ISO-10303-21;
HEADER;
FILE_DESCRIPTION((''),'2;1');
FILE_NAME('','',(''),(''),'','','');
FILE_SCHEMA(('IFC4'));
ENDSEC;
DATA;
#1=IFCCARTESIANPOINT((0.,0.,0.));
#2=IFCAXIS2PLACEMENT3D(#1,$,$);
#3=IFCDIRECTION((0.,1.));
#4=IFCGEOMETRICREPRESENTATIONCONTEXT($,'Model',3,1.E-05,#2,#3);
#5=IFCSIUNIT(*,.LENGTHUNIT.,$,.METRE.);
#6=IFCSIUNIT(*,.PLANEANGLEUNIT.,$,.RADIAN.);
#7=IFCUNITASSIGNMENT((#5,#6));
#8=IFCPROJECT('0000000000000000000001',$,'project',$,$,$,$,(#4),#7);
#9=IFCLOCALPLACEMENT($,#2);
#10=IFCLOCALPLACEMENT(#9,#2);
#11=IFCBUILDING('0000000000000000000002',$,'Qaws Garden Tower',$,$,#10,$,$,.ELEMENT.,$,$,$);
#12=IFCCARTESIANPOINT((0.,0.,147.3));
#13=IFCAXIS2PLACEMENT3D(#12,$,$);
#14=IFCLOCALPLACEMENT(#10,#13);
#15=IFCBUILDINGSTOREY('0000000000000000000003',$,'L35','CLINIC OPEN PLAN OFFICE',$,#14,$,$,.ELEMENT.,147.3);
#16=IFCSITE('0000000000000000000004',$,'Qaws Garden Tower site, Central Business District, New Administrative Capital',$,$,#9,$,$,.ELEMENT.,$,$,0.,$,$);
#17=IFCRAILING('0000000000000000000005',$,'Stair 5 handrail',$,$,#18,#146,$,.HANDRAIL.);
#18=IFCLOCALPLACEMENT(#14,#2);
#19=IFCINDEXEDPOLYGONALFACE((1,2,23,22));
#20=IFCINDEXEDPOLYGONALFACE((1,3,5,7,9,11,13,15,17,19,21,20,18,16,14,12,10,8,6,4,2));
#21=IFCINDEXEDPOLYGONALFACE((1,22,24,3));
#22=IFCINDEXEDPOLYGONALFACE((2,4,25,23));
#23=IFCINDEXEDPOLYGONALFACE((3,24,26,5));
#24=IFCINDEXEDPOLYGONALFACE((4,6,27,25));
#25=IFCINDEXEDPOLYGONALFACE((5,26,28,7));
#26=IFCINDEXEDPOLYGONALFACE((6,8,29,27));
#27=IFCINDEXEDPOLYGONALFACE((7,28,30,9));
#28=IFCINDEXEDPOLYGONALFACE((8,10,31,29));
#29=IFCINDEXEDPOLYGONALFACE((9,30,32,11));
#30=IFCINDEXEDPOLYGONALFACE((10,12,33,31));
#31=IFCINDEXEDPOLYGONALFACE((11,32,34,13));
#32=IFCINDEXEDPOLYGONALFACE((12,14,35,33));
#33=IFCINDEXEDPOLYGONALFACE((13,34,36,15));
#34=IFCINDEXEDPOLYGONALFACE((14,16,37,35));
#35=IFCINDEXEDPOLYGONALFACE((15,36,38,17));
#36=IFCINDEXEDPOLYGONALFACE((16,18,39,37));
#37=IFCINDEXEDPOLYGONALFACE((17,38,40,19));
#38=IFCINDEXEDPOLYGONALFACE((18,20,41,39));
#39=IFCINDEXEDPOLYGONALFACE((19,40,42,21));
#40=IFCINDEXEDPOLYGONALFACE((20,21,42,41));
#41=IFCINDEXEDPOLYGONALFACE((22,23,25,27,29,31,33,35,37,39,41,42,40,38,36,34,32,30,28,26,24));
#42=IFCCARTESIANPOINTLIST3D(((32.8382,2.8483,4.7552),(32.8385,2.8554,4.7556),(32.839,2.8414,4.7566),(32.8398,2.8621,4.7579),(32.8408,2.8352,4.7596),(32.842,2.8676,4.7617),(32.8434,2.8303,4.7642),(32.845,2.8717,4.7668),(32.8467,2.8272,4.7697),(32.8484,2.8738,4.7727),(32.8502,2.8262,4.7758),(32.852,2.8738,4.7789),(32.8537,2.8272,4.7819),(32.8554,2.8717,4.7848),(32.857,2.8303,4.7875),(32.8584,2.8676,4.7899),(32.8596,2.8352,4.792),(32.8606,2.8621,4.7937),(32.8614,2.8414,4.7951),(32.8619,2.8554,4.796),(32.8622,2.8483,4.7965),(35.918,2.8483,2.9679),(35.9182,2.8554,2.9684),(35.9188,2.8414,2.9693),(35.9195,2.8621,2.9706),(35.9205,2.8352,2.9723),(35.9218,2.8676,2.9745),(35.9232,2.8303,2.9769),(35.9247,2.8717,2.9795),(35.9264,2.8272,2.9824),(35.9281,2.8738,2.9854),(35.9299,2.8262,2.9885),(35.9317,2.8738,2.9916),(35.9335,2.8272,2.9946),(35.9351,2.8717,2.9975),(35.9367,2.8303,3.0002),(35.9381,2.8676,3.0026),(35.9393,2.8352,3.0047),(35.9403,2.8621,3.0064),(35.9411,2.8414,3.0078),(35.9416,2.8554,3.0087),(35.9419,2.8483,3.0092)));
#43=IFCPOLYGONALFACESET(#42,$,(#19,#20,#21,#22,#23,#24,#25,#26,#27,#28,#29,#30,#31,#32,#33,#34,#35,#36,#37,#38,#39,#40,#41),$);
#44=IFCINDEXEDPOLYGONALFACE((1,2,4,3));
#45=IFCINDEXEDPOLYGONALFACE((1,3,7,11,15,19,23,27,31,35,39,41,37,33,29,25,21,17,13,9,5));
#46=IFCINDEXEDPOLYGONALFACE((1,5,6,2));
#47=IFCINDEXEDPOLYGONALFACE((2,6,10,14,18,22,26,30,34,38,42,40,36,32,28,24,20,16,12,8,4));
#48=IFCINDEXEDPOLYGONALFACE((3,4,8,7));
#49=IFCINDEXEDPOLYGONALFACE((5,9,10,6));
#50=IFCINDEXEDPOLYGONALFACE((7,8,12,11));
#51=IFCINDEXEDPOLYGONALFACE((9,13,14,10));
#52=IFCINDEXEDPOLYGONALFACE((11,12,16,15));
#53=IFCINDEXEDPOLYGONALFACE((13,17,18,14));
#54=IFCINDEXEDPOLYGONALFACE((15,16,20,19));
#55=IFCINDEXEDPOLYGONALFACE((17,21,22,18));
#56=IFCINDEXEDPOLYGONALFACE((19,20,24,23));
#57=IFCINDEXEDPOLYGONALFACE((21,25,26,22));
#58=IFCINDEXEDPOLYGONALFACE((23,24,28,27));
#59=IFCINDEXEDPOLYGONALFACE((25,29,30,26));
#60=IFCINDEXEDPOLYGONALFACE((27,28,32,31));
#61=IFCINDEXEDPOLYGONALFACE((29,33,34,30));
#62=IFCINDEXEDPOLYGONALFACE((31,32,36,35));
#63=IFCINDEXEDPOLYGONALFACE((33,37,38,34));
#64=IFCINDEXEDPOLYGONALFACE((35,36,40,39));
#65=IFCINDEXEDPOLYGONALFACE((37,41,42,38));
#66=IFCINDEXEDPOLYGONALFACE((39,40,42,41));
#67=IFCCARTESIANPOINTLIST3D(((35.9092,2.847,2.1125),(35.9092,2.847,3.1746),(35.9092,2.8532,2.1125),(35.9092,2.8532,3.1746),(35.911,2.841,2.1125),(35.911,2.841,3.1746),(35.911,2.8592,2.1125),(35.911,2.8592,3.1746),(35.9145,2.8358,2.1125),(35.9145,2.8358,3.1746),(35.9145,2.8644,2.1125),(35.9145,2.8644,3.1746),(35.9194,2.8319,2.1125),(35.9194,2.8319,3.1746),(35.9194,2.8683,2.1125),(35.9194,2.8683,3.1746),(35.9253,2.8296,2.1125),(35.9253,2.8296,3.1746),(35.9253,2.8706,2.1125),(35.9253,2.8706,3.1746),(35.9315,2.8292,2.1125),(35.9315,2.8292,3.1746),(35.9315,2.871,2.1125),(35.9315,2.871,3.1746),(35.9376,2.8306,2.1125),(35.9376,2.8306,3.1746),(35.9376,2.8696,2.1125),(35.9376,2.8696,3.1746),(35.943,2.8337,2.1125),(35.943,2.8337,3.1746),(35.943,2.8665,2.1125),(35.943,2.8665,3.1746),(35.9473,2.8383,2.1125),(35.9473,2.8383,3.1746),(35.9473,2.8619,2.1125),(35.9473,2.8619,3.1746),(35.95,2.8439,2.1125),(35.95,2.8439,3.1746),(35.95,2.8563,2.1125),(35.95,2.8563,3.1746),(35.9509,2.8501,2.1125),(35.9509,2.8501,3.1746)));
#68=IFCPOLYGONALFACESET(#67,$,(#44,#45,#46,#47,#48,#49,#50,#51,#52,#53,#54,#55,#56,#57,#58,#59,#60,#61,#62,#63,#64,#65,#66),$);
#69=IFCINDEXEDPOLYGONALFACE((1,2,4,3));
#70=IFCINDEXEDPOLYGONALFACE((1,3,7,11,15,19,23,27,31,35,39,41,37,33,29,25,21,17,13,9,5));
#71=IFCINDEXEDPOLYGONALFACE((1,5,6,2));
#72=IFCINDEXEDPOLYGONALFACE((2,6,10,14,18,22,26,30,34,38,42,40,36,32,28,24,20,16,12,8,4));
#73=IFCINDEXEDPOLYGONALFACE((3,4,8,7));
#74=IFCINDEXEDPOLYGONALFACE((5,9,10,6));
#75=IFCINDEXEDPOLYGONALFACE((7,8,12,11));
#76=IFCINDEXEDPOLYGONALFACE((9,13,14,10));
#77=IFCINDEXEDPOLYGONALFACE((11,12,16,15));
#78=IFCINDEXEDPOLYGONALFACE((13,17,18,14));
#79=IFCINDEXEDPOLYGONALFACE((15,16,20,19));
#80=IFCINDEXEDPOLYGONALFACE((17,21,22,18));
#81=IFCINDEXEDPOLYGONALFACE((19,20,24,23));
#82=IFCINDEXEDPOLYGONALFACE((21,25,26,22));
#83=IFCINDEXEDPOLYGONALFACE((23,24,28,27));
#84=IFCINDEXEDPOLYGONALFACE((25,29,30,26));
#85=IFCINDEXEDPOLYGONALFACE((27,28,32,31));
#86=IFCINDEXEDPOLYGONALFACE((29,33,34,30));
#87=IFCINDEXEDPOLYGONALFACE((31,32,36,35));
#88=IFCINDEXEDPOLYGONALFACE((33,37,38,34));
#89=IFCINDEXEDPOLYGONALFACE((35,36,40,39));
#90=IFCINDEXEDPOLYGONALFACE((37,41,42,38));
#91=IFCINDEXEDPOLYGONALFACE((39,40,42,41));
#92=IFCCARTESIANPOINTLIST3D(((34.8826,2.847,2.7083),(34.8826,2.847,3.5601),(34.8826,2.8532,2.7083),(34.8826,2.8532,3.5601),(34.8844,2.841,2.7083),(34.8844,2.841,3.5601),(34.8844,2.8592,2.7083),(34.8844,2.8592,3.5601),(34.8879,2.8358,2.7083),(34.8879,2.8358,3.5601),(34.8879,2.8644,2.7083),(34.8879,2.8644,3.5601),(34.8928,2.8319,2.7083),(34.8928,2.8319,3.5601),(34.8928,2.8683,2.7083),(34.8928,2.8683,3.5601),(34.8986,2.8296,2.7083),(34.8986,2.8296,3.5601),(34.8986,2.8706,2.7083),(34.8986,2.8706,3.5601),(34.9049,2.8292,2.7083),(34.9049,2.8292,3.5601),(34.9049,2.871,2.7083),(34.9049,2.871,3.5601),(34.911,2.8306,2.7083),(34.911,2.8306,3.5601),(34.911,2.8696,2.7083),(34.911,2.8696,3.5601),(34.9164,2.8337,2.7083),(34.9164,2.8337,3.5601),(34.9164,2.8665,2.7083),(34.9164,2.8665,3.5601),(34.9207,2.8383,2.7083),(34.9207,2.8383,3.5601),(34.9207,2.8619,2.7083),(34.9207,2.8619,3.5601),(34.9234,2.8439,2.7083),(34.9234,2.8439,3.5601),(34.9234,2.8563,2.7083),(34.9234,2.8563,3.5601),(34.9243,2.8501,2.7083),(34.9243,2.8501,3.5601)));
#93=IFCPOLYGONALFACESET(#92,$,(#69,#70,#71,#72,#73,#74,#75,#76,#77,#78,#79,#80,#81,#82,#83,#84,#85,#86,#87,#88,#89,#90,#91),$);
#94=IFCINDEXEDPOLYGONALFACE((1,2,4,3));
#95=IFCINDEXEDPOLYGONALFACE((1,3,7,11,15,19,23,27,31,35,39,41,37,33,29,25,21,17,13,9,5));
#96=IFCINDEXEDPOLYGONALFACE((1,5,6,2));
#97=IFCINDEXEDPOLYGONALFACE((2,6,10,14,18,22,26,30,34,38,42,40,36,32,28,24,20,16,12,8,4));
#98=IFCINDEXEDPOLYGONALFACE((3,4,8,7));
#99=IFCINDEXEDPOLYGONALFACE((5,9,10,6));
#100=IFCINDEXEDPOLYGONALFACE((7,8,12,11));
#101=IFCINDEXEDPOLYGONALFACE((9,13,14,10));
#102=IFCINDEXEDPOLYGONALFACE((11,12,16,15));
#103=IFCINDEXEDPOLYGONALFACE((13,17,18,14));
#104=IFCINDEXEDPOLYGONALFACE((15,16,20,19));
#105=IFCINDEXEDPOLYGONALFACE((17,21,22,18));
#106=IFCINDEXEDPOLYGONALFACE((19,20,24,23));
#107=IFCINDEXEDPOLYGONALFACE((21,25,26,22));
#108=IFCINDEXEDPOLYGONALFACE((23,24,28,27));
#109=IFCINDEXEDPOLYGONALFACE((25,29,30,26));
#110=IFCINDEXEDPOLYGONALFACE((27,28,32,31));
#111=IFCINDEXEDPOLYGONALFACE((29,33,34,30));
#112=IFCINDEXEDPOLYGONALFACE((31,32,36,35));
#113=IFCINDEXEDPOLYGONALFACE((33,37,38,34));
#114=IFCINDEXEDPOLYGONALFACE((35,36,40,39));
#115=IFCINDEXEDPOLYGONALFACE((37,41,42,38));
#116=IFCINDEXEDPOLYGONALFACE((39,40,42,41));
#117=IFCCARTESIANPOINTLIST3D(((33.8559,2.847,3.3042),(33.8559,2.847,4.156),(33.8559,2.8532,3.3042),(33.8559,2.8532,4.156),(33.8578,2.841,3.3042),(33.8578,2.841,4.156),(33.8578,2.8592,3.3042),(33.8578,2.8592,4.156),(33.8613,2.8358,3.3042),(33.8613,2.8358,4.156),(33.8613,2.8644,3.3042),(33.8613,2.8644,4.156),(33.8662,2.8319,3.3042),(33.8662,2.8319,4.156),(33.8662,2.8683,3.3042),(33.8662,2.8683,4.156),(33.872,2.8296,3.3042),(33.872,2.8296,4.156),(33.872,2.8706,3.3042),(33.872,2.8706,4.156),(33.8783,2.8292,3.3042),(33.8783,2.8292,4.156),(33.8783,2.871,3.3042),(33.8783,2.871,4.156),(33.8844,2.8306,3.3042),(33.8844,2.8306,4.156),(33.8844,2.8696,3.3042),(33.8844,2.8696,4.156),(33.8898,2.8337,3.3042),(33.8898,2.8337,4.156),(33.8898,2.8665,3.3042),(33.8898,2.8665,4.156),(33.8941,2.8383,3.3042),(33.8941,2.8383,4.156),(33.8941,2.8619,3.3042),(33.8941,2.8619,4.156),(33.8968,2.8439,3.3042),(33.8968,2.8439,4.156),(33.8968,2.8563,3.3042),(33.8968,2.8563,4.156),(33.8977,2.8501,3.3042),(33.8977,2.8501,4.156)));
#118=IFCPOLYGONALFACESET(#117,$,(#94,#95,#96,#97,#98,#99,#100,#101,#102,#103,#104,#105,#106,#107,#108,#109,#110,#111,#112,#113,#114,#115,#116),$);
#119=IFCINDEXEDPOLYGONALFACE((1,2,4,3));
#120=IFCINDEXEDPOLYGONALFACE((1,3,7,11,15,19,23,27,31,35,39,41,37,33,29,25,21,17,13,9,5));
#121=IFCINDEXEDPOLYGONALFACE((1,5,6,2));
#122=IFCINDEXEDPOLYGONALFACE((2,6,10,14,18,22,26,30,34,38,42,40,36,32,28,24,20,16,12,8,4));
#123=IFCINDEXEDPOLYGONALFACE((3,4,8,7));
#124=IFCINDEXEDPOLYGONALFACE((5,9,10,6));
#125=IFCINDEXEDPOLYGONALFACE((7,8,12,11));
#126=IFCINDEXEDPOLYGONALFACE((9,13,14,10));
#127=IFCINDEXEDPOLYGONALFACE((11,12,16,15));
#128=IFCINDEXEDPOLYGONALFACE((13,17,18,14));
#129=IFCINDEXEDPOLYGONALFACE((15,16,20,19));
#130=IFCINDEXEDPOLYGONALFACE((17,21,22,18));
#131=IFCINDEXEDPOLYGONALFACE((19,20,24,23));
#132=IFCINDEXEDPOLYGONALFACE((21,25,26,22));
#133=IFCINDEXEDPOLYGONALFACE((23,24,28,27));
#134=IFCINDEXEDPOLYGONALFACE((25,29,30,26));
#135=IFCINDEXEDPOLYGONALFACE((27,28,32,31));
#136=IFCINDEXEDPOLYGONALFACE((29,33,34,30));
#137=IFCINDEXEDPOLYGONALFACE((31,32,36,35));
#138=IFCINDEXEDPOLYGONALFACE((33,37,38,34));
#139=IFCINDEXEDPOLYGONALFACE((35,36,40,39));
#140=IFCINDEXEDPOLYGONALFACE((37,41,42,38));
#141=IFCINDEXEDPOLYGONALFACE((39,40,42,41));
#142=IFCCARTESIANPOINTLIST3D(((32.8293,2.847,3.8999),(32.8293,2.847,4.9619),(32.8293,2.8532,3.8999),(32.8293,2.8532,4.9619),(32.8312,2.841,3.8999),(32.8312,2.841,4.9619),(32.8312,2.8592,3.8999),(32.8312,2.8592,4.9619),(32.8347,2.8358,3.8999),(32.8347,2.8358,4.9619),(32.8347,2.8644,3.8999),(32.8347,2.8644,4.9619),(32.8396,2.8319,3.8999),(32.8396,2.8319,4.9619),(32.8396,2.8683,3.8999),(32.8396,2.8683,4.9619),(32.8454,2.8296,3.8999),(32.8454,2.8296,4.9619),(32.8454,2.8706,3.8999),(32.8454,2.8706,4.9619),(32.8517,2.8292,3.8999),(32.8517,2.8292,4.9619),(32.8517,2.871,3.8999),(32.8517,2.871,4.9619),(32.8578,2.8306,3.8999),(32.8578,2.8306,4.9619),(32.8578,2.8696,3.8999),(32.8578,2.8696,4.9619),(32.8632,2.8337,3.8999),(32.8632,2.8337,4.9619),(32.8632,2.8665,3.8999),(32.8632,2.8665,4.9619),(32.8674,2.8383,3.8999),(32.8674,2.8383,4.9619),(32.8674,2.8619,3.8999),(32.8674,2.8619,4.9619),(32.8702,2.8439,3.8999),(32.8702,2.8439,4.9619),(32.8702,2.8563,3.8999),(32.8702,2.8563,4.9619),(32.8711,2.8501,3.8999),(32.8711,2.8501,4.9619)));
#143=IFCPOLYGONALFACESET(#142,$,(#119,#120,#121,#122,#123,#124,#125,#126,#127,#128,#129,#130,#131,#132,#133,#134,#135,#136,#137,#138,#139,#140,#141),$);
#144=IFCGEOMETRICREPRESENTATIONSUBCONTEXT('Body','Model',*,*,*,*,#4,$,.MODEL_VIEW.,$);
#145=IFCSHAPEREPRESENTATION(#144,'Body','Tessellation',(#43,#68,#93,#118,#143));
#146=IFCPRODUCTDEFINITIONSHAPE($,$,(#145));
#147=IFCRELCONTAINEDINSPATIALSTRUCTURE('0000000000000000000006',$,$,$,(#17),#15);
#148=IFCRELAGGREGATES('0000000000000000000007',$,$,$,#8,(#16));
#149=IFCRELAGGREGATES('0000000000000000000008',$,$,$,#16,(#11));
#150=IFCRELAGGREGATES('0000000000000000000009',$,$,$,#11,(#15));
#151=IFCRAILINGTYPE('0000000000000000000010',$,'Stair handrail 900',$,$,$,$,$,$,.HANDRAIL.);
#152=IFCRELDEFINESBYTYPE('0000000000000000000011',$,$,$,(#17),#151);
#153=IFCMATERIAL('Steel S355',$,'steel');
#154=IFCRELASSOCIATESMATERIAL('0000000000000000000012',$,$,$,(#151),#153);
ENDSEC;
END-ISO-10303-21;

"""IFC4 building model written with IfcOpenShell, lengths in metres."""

from ifc_helpers import new_model, si_unit, direction, frame, origin, origin_2d, place, context, subcontext, project, spatial, circle, extrude, material, type_object, element, save


model = new_model("IFC4")

# Units and contexts
model_context = context("Model", 3, precision=1e-05, world=origin(), true_north=direction((0.0, 1.0)))
body_context = subcontext(model_context, "Body", "Model", "MODEL_VIEW")
ifc_project = project(units=[si_unit("LENGTHUNIT", "METRE"), si_unit("PLANEANGLEUNIT", "RADIAN")], contexts=[model_context])

# Site, building, storey
site_placement = place(None, origin())
site = spatial("IfcSite", under=ifc_project, at=site_placement, Name="Qaws Garden Tower site, Central Business District, New Administrative Capital", CompositionType="ELEMENT", RefElevation=0.0)
building_placement = place(site_placement, origin())
building = spatial("IfcBuilding", under=site, at=building_placement, Name="Qaws Garden Tower", CompositionType="ELEMENT")
storey_placement = place(building_placement, frame((0.0, 0.0, 147.3)))
storey = spatial("IfcBuildingStorey", under=building, at=storey_placement, Name="L35", Description="CLINIC OPEN PLAN OFFICE", CompositionType="ELEMENT", Elevation=147.3)

# Railing
ifc_material_1 = material(Name="Steel S355", Category="steel")
railing_type = type_object("IfcRailingType", Name="Stair handrail 900", PredefinedType="HANDRAIL", material=ifc_material_1)
railing_placement = place(storey_placement, frame((35.9299, 2.8501, 2.1125)))
element("IfcRailing", 1, at=railing_placement, inside=storey, type_object=railing_type, Name="Stair 5 handrail", PredefinedType="HANDRAIL", context=body_context, shape_type="SweptSolid", body=[
    extrude(circle(Radius=0.0239, at=origin_2d()), frame((0.0, 0.0, 0.876), z_axis=(-0.864903, 0.0, 0.501939), x_axis=(0.0, -1.0, 0.0)), (0.0, 0.0, 1.0), 3.5608),
    extrude(circle(Radius=0.021, at=origin_2d()), origin(), (0.0, 0.0, 1.0), 1.062),
    extrude(circle(Radius=0.021, at=origin_2d()), frame((-1.0266, 0.0, 0.5957)), (0.0, 0.0, 1.0), 0.8518),
    extrude(circle(Radius=0.021, at=origin_2d()), frame((-2.0532, 0.0, 1.1917)), (0.0, 0.0, 1.0), 0.8518),
    extrude(circle(Radius=0.021, at=origin_2d()), frame((-3.0798, 0.0, 1.7874)), (0.0, 0.0, 1.0), 1.062),
])

save(model, "model.ifc")
